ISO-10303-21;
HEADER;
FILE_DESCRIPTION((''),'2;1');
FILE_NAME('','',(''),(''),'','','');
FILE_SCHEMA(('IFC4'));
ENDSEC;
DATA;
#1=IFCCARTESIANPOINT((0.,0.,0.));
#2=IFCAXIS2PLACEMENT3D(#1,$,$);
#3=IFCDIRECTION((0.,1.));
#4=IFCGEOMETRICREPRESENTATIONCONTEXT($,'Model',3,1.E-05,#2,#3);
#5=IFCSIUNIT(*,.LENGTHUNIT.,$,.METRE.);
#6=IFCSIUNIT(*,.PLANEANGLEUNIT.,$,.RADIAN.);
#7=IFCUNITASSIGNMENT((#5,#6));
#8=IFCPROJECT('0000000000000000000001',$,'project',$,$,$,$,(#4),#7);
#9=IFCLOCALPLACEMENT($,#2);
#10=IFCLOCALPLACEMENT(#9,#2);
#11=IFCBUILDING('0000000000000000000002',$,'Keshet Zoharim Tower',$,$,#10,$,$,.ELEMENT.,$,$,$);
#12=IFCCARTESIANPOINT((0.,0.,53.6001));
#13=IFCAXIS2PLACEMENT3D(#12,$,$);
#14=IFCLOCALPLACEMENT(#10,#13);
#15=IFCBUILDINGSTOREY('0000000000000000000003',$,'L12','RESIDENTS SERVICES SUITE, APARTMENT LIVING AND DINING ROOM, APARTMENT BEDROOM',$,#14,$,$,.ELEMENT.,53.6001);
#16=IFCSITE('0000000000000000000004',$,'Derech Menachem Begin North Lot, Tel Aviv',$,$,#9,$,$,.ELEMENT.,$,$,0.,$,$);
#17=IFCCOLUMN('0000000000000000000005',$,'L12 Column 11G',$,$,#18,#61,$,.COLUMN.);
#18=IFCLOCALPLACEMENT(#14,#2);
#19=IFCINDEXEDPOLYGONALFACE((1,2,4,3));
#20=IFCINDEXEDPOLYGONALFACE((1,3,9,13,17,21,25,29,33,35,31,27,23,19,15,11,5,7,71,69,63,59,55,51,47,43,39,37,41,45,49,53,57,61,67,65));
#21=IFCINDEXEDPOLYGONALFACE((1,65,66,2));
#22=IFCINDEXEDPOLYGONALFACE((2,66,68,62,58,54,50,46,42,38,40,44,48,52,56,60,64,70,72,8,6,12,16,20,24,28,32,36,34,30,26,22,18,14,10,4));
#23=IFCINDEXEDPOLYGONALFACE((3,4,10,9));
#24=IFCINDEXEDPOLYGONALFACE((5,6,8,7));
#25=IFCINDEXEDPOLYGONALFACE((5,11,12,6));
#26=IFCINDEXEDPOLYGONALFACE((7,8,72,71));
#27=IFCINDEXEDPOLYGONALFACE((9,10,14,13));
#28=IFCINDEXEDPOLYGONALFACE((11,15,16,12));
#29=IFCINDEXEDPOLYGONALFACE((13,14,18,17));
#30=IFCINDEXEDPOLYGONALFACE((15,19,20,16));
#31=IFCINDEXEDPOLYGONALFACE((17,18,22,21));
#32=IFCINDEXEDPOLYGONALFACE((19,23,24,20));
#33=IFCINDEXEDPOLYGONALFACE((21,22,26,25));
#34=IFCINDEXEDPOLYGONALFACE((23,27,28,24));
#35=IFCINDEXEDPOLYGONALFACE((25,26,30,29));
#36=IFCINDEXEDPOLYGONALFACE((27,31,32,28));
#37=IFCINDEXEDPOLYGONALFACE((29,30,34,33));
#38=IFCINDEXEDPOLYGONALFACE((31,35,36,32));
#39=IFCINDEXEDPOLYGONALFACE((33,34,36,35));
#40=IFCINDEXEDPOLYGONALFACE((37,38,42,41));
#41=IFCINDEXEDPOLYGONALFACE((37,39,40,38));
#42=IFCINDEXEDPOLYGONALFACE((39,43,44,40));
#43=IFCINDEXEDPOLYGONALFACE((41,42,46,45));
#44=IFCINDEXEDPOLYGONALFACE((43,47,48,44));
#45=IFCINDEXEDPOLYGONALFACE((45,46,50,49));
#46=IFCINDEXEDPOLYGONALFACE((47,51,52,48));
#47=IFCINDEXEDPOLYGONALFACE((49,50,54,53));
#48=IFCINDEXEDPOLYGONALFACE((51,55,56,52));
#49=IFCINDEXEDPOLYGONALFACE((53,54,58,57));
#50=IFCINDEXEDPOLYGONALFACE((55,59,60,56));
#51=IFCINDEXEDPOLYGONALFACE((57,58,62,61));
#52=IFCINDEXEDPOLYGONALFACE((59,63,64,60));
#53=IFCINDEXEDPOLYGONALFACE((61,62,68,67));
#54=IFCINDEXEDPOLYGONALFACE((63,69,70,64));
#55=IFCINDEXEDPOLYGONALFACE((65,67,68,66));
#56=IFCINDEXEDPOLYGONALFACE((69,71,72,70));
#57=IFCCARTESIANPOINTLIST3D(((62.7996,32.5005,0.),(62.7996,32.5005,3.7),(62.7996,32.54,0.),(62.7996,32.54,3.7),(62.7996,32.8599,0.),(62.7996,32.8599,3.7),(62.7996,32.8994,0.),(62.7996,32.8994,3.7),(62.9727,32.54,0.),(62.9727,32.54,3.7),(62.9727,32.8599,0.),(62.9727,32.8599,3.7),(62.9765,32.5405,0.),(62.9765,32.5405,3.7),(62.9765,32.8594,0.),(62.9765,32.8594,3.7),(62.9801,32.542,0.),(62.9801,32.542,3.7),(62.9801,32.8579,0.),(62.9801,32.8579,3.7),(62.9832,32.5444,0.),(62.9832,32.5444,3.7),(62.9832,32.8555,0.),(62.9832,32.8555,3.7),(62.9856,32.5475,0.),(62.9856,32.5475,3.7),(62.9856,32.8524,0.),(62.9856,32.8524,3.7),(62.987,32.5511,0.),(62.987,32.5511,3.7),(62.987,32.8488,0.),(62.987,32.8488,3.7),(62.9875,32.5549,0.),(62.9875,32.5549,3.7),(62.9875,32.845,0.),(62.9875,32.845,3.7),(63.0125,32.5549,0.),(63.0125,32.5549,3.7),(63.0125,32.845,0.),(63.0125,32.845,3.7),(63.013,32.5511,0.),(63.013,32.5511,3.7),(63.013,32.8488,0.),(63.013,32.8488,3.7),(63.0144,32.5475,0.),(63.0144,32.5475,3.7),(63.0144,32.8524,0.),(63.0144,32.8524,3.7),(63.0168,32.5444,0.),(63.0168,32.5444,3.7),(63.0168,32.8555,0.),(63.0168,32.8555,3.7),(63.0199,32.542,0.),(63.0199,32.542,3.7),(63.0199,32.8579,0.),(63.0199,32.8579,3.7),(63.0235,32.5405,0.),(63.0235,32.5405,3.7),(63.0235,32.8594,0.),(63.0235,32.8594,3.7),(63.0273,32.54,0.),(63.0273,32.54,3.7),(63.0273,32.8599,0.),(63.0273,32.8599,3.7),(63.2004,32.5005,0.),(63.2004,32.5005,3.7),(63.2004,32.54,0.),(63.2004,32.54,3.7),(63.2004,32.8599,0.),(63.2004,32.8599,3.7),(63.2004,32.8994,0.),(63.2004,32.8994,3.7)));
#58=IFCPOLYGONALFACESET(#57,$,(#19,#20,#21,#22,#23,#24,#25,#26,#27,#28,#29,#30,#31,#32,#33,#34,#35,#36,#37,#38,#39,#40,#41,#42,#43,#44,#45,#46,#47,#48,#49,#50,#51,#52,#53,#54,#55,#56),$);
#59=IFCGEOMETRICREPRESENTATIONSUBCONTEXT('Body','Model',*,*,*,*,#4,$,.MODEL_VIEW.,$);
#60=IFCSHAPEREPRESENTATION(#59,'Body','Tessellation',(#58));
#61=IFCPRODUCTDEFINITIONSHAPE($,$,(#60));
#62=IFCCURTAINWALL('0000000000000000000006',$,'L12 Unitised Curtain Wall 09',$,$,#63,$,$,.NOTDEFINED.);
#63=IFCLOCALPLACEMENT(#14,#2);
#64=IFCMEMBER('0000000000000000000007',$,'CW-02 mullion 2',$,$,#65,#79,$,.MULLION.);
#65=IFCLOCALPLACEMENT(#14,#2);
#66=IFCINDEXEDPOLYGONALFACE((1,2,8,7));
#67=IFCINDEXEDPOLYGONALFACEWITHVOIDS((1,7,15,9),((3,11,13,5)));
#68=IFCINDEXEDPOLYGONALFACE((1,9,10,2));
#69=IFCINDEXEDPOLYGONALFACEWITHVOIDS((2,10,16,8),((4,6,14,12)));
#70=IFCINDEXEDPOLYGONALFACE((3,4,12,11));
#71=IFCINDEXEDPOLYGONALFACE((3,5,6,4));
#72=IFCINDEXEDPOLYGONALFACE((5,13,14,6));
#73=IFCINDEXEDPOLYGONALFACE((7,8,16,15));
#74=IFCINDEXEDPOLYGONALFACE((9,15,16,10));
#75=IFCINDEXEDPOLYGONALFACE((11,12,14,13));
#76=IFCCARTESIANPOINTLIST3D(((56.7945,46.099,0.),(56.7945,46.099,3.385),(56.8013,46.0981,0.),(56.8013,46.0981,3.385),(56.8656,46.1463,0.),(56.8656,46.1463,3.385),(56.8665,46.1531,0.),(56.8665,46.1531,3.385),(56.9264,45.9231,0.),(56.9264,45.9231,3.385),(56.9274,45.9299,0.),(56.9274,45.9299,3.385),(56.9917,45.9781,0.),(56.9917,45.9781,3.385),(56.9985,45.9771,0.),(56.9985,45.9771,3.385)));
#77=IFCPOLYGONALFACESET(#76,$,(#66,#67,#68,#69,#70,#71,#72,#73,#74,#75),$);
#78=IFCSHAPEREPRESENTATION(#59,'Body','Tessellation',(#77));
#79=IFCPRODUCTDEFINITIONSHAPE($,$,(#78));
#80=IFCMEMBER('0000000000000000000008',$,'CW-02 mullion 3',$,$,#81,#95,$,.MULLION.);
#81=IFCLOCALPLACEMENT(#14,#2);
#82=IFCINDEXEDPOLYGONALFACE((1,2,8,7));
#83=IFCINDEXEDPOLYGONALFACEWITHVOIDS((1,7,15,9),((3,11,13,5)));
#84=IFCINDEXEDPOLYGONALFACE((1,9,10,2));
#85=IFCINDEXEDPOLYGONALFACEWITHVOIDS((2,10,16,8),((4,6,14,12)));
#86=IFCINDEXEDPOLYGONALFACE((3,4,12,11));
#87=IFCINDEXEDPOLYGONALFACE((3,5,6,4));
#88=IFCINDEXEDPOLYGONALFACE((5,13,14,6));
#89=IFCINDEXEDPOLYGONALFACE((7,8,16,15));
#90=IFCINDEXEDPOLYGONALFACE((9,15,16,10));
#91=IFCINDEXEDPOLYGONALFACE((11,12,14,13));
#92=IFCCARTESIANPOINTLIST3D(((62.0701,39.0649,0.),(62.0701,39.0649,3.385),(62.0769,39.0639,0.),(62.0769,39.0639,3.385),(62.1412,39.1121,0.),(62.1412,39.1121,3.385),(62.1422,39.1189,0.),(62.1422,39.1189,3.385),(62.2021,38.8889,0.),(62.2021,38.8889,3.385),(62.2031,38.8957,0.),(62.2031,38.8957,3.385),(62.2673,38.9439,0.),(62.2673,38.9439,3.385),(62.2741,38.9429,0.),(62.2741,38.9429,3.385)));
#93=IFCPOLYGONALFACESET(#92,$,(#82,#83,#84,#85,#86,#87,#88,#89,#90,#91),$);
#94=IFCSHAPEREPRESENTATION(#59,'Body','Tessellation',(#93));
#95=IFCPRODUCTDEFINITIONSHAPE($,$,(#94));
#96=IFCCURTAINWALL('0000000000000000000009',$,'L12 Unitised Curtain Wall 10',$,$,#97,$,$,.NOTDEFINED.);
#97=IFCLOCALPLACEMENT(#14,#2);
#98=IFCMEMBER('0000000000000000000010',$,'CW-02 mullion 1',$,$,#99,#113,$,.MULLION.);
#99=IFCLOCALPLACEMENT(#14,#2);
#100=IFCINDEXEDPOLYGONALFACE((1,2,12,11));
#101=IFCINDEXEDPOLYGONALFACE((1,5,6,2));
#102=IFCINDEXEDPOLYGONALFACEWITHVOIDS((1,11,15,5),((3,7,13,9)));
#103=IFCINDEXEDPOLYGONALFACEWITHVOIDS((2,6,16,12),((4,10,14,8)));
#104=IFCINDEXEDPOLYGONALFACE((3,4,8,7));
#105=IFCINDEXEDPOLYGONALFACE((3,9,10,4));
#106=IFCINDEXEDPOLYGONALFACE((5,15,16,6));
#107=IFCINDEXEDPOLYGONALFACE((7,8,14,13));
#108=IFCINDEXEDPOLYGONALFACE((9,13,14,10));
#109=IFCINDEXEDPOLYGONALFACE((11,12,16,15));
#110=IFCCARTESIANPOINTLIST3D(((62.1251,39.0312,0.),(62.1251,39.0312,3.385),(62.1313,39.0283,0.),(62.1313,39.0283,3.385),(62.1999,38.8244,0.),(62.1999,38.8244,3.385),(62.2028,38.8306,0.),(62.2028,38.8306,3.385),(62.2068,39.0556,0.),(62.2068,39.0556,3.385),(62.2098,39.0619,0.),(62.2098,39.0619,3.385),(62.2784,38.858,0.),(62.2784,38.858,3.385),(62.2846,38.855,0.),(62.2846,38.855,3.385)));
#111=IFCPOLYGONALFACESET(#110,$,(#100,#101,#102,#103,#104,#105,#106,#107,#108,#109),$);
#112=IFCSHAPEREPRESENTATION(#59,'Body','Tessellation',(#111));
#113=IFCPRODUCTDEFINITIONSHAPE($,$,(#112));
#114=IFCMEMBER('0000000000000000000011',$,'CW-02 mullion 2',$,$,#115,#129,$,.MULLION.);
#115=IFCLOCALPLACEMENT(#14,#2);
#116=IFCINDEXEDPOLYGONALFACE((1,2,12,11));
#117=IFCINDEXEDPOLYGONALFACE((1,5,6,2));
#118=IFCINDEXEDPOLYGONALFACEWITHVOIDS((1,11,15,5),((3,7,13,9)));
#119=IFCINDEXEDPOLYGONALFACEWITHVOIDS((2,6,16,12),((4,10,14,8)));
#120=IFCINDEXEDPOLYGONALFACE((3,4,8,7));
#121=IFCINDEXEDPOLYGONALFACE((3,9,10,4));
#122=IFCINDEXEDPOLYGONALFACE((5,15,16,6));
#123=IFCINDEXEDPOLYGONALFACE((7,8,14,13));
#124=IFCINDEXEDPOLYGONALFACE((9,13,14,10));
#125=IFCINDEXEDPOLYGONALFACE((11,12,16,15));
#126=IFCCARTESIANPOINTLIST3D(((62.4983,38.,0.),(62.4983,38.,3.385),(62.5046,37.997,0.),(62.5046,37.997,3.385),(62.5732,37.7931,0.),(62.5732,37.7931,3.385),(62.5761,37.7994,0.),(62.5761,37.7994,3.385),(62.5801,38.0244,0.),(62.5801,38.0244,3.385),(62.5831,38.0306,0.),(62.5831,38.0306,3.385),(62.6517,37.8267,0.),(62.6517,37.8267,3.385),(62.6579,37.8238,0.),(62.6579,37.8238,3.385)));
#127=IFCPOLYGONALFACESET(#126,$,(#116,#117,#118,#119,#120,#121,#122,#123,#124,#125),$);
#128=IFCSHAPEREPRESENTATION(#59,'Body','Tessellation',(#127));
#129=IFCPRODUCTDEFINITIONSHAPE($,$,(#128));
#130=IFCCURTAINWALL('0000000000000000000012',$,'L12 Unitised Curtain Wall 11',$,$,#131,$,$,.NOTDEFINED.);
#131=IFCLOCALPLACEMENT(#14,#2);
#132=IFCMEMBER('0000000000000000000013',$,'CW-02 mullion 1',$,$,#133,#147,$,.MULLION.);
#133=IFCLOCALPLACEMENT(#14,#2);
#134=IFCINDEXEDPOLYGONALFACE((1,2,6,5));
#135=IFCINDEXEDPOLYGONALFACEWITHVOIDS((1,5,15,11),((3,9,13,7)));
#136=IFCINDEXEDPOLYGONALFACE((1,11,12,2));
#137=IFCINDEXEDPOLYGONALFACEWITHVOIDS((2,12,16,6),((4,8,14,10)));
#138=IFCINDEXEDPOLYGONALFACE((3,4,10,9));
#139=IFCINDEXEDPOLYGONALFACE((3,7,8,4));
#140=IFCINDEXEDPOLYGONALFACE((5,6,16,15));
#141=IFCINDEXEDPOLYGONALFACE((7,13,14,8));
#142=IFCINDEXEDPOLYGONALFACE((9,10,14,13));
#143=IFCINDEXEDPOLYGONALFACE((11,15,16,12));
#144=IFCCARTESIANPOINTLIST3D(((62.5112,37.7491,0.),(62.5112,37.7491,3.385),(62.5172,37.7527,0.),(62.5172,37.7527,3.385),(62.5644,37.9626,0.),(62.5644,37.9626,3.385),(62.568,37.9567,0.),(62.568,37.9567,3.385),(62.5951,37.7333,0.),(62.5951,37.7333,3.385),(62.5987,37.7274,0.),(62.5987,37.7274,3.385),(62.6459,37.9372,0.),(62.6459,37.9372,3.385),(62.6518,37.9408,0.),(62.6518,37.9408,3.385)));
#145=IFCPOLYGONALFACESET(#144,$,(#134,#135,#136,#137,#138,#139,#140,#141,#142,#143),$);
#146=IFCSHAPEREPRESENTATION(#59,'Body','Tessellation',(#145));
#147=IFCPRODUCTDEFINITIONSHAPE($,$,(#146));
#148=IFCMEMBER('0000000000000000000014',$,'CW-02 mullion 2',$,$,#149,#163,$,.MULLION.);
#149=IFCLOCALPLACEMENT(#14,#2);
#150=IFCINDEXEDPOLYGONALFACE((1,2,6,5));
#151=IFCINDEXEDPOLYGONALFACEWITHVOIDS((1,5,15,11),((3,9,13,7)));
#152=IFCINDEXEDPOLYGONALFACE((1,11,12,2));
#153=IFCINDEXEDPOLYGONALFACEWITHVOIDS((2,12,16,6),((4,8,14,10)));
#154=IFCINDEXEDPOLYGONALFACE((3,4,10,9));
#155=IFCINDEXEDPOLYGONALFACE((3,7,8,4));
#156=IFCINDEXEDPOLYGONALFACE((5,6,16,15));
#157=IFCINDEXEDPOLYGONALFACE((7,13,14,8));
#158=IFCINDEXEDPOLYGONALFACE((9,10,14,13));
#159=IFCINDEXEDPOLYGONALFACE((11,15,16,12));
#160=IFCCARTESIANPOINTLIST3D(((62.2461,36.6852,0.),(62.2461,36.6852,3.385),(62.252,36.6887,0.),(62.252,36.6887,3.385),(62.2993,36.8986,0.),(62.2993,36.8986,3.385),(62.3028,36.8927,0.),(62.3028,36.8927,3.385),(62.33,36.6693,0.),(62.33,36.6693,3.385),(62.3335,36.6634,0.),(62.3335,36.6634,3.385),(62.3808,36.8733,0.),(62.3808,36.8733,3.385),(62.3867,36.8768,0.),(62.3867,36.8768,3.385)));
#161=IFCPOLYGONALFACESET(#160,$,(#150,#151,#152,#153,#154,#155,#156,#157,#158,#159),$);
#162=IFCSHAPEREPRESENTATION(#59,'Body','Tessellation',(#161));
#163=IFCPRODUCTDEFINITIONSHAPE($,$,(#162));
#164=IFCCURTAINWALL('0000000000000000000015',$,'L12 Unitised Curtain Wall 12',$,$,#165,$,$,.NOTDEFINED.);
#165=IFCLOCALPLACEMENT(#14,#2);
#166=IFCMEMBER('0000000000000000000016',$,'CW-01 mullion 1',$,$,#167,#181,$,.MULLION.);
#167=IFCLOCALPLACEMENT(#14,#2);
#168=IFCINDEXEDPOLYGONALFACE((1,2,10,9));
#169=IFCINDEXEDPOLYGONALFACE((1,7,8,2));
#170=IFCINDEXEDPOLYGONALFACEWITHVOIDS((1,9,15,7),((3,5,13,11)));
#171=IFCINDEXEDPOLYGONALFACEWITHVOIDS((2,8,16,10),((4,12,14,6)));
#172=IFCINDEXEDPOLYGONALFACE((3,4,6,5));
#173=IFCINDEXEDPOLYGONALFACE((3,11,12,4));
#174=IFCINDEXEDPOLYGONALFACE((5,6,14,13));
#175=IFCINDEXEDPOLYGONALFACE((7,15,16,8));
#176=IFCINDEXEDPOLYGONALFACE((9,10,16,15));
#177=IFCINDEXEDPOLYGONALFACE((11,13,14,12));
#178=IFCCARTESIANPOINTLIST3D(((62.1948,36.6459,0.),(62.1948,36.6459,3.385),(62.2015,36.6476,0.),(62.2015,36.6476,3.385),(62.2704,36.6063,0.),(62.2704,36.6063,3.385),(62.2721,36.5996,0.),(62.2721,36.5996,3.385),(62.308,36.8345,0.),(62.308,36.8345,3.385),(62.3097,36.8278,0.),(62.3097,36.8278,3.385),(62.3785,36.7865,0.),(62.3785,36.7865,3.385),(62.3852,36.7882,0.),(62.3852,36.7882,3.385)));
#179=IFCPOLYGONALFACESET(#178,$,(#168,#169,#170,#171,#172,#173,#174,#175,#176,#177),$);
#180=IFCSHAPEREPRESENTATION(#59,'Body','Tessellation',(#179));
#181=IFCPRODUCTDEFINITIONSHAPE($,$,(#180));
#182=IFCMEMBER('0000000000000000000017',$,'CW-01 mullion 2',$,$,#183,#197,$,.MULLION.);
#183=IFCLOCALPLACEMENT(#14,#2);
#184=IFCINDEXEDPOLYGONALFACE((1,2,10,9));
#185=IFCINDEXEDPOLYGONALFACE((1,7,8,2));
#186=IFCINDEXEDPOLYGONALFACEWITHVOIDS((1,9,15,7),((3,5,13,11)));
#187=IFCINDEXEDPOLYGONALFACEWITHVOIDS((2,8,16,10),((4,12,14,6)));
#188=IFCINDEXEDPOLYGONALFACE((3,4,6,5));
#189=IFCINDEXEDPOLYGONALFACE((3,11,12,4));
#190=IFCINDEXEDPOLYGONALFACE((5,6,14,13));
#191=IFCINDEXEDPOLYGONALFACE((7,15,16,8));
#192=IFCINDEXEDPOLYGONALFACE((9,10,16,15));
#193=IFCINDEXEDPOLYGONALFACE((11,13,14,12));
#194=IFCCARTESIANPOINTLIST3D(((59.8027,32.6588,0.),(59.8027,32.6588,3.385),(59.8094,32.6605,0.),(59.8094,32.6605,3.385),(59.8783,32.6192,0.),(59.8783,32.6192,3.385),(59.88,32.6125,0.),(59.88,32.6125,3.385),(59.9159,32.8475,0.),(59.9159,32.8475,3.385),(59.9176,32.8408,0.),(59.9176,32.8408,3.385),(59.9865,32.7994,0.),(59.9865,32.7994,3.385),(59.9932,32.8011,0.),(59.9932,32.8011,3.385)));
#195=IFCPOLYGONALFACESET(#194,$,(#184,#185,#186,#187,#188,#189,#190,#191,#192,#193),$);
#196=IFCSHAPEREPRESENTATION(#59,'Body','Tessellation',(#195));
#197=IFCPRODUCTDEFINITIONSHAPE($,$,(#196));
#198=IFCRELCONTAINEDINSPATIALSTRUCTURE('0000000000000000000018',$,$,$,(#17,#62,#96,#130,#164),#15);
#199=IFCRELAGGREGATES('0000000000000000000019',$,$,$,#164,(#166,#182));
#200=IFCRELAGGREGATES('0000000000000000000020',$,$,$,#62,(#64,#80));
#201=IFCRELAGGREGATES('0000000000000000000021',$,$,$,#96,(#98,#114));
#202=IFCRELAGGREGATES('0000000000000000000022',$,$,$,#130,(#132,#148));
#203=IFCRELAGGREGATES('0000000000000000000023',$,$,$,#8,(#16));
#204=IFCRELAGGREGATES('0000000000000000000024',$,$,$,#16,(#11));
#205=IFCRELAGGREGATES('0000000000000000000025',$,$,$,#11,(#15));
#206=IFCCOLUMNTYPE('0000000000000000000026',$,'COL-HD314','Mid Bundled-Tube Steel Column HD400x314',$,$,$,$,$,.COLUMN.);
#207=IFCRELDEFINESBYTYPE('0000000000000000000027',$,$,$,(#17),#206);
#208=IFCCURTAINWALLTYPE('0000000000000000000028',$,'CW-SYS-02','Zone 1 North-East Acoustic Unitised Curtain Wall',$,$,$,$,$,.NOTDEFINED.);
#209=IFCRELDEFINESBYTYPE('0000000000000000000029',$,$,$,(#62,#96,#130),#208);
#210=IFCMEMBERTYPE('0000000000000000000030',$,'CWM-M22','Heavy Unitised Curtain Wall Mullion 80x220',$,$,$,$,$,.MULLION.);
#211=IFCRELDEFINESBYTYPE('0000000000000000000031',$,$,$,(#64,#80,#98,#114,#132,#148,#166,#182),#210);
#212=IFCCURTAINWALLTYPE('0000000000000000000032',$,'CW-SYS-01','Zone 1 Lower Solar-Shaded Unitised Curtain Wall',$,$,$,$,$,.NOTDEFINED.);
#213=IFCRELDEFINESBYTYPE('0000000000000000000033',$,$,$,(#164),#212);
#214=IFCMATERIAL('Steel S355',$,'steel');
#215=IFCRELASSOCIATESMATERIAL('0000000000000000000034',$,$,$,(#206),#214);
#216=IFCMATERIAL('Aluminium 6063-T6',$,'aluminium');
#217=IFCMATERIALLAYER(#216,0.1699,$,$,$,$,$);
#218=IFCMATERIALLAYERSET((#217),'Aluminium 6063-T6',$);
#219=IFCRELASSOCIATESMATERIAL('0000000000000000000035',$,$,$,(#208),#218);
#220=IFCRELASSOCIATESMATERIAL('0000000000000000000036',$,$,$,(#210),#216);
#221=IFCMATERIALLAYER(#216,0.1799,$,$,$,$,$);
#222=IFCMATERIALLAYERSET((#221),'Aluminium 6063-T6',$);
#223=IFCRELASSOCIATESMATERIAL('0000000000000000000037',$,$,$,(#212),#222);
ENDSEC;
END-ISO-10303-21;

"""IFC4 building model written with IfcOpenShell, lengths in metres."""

from ifc_helpers import new_model, si_unit, direction, frame, origin, origin_2d, place, context, subcontext, project, spatial, hollow_rectangle, i_section, extrude, material, layer, layer_set, material_profile, profile_set, type_object, element, aggregate, save


model = new_model("IFC4")

# Units and contexts
model_context = context("Model", 3, precision=1e-05, world=origin(), true_north=direction((0.0, 1.0)))
body_context = subcontext(model_context, "Body", "Model", "MODEL_VIEW")
ifc_project = project(units=[si_unit("LENGTHUNIT", "METRE"), si_unit("PLANEANGLEUNIT", "RADIAN")], contexts=[model_context])

# Site, building, storey
site_placement = place(None, origin())
site = spatial("IfcSite", under=ifc_project, at=site_placement, Name="Derech Menachem Begin North Lot, Tel Aviv", CompositionType="ELEMENT", RefElevation=0.0)
building_placement = place(site_placement, origin())
building = spatial("IfcBuilding", under=site, at=building_placement, Name="Keshet Zoharim Tower", CompositionType="ELEMENT")
storey_placement = place(building_placement, frame((0.0, 0.0, 53.6001)))
storey = spatial("IfcBuildingStorey", under=building, at=storey_placement, Name="L12", Description="RESIDENTS SERVICES SUITE, APARTMENT LIVING AND DINING ROOM, APARTMENT BEDROOM", CompositionType="ELEMENT", Elevation=53.6001)

# Column
ifc_material_1 = material(Name="Steel S355", Category="steel")
ifc_material_profile_1 = material_profile(ifc_material_1, i_section(OverallWidth=0.4009, OverallDepth=0.3989, WebThickness=0.0249, FlangeThickness=0.0396, FilletRadius=0.0149, at=origin_2d()), Name="HD400x314")
ifc_profile_set_1 = profile_set([ifc_material_profile_1], Name="Steel S355")
column_type = type_object("IfcColumnType", Name="COL-HD314", Description="Mid Bundled-Tube Steel Column HD400x314", PredefinedType="COLUMN", material=ifc_profile_set_1)
column_placement = place(storey_placement, frame((63.0, 32.7, 0.0), z_axis=(0.0, 0.0, 1.0), x_axis=(1.0, 0.0, 0.0)))
element("IfcColumn", 1, at=column_placement, inside=storey, type_object=column_type, Name="L12 Column 11G", PredefinedType="COLUMN", context=body_context, shape_type="SweptSolid", body=[
    extrude(i_section(OverallWidth=0.4009, OverallDepth=0.3989, WebThickness=0.0249, FlangeThickness=0.0396, FilletRadius=0.0149, at=origin_2d()), origin(), (0.0, 0.0, 1.0), 3.7),
])

# Curtain walls, members
ifc_material_2 = material(Name="Aluminium 6063-T6", Category="aluminium")
ifc_layer_1 = layer(ifc_material_2, 0.1699)
ifc_layer_set_1 = layer_set([ifc_layer_1], Name="Aluminium 6063-T6")
curtain_wall_type_1 = type_object("IfcCurtainWallType", Name="CW-SYS-02", Description="Zone 1 North-East Acoustic Unitised Curtain Wall", PredefinedType="NOTDEFINED", material=ifc_layer_set_1)
curtain_wall_1_placement = place(storey_placement, origin())
curtain_wall_1 = element("IfcCurtainWall", 2, at=curtain_wall_1_placement, inside=storey, type_object=curtain_wall_type_1, Name="L12 Unitised Curtain Wall 09", PredefinedType="NOTDEFINED")
ifc_material_profile_2 = material_profile(ifc_material_2, hollow_rectangle(XDim=0.0901, YDim=0.22, WallThickness=0.0049, at=origin_2d()), Name="MUL-90x220")
ifc_profile_set_2 = profile_set([ifc_material_profile_2], Name="Aluminium 6063-T6")
member_type_1 = type_object("IfcMemberType", Name="CWM-M22", Description="Heavy Unitised Curtain Wall Mullion 80x220", PredefinedType="MULLION", material=ifc_profile_set_2)
member_1_placement = place(storey_placement, frame((56.8965, 46.0381, 0.0), z_axis=(0.0, 0.0, 1.0), x_axis=(0.8, 0.6, 0.0)))
member_1 = element("IfcMember", 3, at=member_1_placement, type_object=member_type_1, Name="CW-02 mullion 2", PredefinedType="MULLION", context=body_context, shape_type="SweptSolid", body=[
    extrude(hollow_rectangle(XDim=0.0901, YDim=0.22, WallThickness=0.0049, at=origin_2d()), origin(), (0.0, 0.0, 1.0), 3.385),
])
member_2_placement = place(storey_placement, frame((62.1721, 39.0039, 0.0), z_axis=(0.0, 0.0, 1.0), x_axis=(0.8, 0.6, 0.0)))
member_2 = element("IfcMember", 4, at=member_2_placement, type_object=member_type_1, Name="CW-02 mullion 3", PredefinedType="MULLION", context=body_context, shape_type="SweptSolid", body=[
    extrude(hollow_rectangle(XDim=0.0901, YDim=0.22, WallThickness=0.0049, at=origin_2d()), origin(), (0.0, 0.0, 1.0), 3.385),
])
curtain_wall_2_placement = place(storey_placement, origin())
curtain_wall_2 = element("IfcCurtainWall", 5, at=curtain_wall_2_placement, inside=storey, type_object=curtain_wall_type_1, Name="L12 Unitised Curtain Wall 10", PredefinedType="NOTDEFINED")
member_3_placement = place(storey_placement, frame((62.2048, 38.9431, 0.0), z_axis=(0.0, 0.0, 1.0), x_axis=(0.940318, 0.340297, 0.0)))
member_3 = element("IfcMember", 6, at=member_3_placement, type_object=member_type_1, Name="CW-02 mullion 1", PredefinedType="MULLION", context=body_context, shape_type="SweptSolid", body=[
    extrude(hollow_rectangle(XDim=0.0901, YDim=0.22, WallThickness=0.0049, at=origin_2d()), origin(), (0.0, 0.0, 1.0), 3.385),
])
member_4_placement = place(storey_placement, frame((62.5781, 37.9119, 0.0), z_axis=(0.0, 0.0, 1.0), x_axis=(0.940318, 0.340297, 0.0)))
member_4 = element("IfcMember", 7, at=member_4_placement, type_object=member_type_1, Name="CW-02 mullion 2", PredefinedType="MULLION", context=body_context, shape_type="SweptSolid", body=[
    extrude(hollow_rectangle(XDim=0.0901, YDim=0.22, WallThickness=0.0049, at=origin_2d()), origin(), (0.0, 0.0, 1.0), 3.385),
])
curtain_wall_3_placement = place(storey_placement, origin())
curtain_wall_3 = element("IfcCurtainWall", 8, at=curtain_wall_3_placement, inside=storey, type_object=curtain_wall_type_1, Name="L12 Unitised Curtain Wall 11", PredefinedType="NOTDEFINED")
member_5_placement = place(storey_placement, frame((62.5815, 37.845, 0.0), z_axis=(0.0, 0.0, 1.0), x_axis=(0.970344, -0.241729, 0.0)))
member_5 = element("IfcMember", 9, at=member_5_placement, type_object=member_type_1, Name="CW-02 mullion 1", PredefinedType="MULLION", context=body_context, shape_type="SweptSolid", body=[
    extrude(hollow_rectangle(XDim=0.0901, YDim=0.22, WallThickness=0.0049, at=origin_2d()), origin(), (0.0, 0.0, 1.0), 3.385),
])
member_6_placement = place(storey_placement, frame((62.3164, 36.781, 0.0), z_axis=(0.0, 0.0, 1.0), x_axis=(0.970344, -0.241729, 0.0)))
member_6 = element("IfcMember", 10, at=member_6_placement, type_object=member_type_1, Name="CW-02 mullion 2", PredefinedType="MULLION", context=body_context, shape_type="SweptSolid", body=[
    extrude(hollow_rectangle(XDim=0.0901, YDim=0.22, WallThickness=0.0049, at=origin_2d()), origin(), (0.0, 0.0, 1.0), 3.385),
])
ifc_layer_2 = layer(ifc_material_2, 0.1799)
ifc_layer_set_2 = layer_set([ifc_layer_2], Name="Aluminium 6063-T6")
curtain_wall_type_2 = type_object("IfcCurtainWallType", Name="CW-SYS-01", Description="Zone 1 Lower Solar-Shaded Unitised Curtain Wall", PredefinedType="NOTDEFINED", material=ifc_layer_set_2)
curtain_wall_4_placement = place(storey_placement, origin())
curtain_wall_4 = element("IfcCurtainWall", 11, at=curtain_wall_4_placement, inside=storey, type_object=curtain_wall_type_2, Name="L12 Unitised Curtain Wall 12", PredefinedType="NOTDEFINED")
member_7_placement = place(storey_placement, frame((62.29, 36.717, 0.0), z_axis=(0.0, 0.0, 1.0), x_axis=(0.857512, -0.514465, 0.0)))
member_7 = element("IfcMember", 12, at=member_7_placement, type_object=member_type_1, Name="CW-01 mullion 1", PredefinedType="MULLION", context=body_context, shape_type="SweptSolid", body=[
    extrude(hollow_rectangle(XDim=0.0901, YDim=0.22, WallThickness=0.0049, at=origin_2d()), origin(), (0.0, 0.0, 1.0), 3.385),
])
member_8_placement = place(storey_placement, frame((59.8979, 32.73, 0.0), z_axis=(0.0, 0.0, 1.0), x_axis=(0.857512, -0.514465, 0.0)))
member_8 = element("IfcMember", 13, at=member_8_placement, type_object=member_type_1, Name="CW-01 mullion 2", PredefinedType="MULLION", context=body_context, shape_type="SweptSolid", body=[
    extrude(hollow_rectangle(XDim=0.0901, YDim=0.22, WallThickness=0.0049, at=origin_2d()), origin(), (0.0, 0.0, 1.0), 3.385),
])

aggregate(curtain_wall_4, [member_7, member_8])
aggregate(curtain_wall_1, [member_1, member_2])
aggregate(curtain_wall_2, [member_3, member_4])
aggregate(curtain_wall_3, [member_5, member_6])

save(model, "model.ifc")
